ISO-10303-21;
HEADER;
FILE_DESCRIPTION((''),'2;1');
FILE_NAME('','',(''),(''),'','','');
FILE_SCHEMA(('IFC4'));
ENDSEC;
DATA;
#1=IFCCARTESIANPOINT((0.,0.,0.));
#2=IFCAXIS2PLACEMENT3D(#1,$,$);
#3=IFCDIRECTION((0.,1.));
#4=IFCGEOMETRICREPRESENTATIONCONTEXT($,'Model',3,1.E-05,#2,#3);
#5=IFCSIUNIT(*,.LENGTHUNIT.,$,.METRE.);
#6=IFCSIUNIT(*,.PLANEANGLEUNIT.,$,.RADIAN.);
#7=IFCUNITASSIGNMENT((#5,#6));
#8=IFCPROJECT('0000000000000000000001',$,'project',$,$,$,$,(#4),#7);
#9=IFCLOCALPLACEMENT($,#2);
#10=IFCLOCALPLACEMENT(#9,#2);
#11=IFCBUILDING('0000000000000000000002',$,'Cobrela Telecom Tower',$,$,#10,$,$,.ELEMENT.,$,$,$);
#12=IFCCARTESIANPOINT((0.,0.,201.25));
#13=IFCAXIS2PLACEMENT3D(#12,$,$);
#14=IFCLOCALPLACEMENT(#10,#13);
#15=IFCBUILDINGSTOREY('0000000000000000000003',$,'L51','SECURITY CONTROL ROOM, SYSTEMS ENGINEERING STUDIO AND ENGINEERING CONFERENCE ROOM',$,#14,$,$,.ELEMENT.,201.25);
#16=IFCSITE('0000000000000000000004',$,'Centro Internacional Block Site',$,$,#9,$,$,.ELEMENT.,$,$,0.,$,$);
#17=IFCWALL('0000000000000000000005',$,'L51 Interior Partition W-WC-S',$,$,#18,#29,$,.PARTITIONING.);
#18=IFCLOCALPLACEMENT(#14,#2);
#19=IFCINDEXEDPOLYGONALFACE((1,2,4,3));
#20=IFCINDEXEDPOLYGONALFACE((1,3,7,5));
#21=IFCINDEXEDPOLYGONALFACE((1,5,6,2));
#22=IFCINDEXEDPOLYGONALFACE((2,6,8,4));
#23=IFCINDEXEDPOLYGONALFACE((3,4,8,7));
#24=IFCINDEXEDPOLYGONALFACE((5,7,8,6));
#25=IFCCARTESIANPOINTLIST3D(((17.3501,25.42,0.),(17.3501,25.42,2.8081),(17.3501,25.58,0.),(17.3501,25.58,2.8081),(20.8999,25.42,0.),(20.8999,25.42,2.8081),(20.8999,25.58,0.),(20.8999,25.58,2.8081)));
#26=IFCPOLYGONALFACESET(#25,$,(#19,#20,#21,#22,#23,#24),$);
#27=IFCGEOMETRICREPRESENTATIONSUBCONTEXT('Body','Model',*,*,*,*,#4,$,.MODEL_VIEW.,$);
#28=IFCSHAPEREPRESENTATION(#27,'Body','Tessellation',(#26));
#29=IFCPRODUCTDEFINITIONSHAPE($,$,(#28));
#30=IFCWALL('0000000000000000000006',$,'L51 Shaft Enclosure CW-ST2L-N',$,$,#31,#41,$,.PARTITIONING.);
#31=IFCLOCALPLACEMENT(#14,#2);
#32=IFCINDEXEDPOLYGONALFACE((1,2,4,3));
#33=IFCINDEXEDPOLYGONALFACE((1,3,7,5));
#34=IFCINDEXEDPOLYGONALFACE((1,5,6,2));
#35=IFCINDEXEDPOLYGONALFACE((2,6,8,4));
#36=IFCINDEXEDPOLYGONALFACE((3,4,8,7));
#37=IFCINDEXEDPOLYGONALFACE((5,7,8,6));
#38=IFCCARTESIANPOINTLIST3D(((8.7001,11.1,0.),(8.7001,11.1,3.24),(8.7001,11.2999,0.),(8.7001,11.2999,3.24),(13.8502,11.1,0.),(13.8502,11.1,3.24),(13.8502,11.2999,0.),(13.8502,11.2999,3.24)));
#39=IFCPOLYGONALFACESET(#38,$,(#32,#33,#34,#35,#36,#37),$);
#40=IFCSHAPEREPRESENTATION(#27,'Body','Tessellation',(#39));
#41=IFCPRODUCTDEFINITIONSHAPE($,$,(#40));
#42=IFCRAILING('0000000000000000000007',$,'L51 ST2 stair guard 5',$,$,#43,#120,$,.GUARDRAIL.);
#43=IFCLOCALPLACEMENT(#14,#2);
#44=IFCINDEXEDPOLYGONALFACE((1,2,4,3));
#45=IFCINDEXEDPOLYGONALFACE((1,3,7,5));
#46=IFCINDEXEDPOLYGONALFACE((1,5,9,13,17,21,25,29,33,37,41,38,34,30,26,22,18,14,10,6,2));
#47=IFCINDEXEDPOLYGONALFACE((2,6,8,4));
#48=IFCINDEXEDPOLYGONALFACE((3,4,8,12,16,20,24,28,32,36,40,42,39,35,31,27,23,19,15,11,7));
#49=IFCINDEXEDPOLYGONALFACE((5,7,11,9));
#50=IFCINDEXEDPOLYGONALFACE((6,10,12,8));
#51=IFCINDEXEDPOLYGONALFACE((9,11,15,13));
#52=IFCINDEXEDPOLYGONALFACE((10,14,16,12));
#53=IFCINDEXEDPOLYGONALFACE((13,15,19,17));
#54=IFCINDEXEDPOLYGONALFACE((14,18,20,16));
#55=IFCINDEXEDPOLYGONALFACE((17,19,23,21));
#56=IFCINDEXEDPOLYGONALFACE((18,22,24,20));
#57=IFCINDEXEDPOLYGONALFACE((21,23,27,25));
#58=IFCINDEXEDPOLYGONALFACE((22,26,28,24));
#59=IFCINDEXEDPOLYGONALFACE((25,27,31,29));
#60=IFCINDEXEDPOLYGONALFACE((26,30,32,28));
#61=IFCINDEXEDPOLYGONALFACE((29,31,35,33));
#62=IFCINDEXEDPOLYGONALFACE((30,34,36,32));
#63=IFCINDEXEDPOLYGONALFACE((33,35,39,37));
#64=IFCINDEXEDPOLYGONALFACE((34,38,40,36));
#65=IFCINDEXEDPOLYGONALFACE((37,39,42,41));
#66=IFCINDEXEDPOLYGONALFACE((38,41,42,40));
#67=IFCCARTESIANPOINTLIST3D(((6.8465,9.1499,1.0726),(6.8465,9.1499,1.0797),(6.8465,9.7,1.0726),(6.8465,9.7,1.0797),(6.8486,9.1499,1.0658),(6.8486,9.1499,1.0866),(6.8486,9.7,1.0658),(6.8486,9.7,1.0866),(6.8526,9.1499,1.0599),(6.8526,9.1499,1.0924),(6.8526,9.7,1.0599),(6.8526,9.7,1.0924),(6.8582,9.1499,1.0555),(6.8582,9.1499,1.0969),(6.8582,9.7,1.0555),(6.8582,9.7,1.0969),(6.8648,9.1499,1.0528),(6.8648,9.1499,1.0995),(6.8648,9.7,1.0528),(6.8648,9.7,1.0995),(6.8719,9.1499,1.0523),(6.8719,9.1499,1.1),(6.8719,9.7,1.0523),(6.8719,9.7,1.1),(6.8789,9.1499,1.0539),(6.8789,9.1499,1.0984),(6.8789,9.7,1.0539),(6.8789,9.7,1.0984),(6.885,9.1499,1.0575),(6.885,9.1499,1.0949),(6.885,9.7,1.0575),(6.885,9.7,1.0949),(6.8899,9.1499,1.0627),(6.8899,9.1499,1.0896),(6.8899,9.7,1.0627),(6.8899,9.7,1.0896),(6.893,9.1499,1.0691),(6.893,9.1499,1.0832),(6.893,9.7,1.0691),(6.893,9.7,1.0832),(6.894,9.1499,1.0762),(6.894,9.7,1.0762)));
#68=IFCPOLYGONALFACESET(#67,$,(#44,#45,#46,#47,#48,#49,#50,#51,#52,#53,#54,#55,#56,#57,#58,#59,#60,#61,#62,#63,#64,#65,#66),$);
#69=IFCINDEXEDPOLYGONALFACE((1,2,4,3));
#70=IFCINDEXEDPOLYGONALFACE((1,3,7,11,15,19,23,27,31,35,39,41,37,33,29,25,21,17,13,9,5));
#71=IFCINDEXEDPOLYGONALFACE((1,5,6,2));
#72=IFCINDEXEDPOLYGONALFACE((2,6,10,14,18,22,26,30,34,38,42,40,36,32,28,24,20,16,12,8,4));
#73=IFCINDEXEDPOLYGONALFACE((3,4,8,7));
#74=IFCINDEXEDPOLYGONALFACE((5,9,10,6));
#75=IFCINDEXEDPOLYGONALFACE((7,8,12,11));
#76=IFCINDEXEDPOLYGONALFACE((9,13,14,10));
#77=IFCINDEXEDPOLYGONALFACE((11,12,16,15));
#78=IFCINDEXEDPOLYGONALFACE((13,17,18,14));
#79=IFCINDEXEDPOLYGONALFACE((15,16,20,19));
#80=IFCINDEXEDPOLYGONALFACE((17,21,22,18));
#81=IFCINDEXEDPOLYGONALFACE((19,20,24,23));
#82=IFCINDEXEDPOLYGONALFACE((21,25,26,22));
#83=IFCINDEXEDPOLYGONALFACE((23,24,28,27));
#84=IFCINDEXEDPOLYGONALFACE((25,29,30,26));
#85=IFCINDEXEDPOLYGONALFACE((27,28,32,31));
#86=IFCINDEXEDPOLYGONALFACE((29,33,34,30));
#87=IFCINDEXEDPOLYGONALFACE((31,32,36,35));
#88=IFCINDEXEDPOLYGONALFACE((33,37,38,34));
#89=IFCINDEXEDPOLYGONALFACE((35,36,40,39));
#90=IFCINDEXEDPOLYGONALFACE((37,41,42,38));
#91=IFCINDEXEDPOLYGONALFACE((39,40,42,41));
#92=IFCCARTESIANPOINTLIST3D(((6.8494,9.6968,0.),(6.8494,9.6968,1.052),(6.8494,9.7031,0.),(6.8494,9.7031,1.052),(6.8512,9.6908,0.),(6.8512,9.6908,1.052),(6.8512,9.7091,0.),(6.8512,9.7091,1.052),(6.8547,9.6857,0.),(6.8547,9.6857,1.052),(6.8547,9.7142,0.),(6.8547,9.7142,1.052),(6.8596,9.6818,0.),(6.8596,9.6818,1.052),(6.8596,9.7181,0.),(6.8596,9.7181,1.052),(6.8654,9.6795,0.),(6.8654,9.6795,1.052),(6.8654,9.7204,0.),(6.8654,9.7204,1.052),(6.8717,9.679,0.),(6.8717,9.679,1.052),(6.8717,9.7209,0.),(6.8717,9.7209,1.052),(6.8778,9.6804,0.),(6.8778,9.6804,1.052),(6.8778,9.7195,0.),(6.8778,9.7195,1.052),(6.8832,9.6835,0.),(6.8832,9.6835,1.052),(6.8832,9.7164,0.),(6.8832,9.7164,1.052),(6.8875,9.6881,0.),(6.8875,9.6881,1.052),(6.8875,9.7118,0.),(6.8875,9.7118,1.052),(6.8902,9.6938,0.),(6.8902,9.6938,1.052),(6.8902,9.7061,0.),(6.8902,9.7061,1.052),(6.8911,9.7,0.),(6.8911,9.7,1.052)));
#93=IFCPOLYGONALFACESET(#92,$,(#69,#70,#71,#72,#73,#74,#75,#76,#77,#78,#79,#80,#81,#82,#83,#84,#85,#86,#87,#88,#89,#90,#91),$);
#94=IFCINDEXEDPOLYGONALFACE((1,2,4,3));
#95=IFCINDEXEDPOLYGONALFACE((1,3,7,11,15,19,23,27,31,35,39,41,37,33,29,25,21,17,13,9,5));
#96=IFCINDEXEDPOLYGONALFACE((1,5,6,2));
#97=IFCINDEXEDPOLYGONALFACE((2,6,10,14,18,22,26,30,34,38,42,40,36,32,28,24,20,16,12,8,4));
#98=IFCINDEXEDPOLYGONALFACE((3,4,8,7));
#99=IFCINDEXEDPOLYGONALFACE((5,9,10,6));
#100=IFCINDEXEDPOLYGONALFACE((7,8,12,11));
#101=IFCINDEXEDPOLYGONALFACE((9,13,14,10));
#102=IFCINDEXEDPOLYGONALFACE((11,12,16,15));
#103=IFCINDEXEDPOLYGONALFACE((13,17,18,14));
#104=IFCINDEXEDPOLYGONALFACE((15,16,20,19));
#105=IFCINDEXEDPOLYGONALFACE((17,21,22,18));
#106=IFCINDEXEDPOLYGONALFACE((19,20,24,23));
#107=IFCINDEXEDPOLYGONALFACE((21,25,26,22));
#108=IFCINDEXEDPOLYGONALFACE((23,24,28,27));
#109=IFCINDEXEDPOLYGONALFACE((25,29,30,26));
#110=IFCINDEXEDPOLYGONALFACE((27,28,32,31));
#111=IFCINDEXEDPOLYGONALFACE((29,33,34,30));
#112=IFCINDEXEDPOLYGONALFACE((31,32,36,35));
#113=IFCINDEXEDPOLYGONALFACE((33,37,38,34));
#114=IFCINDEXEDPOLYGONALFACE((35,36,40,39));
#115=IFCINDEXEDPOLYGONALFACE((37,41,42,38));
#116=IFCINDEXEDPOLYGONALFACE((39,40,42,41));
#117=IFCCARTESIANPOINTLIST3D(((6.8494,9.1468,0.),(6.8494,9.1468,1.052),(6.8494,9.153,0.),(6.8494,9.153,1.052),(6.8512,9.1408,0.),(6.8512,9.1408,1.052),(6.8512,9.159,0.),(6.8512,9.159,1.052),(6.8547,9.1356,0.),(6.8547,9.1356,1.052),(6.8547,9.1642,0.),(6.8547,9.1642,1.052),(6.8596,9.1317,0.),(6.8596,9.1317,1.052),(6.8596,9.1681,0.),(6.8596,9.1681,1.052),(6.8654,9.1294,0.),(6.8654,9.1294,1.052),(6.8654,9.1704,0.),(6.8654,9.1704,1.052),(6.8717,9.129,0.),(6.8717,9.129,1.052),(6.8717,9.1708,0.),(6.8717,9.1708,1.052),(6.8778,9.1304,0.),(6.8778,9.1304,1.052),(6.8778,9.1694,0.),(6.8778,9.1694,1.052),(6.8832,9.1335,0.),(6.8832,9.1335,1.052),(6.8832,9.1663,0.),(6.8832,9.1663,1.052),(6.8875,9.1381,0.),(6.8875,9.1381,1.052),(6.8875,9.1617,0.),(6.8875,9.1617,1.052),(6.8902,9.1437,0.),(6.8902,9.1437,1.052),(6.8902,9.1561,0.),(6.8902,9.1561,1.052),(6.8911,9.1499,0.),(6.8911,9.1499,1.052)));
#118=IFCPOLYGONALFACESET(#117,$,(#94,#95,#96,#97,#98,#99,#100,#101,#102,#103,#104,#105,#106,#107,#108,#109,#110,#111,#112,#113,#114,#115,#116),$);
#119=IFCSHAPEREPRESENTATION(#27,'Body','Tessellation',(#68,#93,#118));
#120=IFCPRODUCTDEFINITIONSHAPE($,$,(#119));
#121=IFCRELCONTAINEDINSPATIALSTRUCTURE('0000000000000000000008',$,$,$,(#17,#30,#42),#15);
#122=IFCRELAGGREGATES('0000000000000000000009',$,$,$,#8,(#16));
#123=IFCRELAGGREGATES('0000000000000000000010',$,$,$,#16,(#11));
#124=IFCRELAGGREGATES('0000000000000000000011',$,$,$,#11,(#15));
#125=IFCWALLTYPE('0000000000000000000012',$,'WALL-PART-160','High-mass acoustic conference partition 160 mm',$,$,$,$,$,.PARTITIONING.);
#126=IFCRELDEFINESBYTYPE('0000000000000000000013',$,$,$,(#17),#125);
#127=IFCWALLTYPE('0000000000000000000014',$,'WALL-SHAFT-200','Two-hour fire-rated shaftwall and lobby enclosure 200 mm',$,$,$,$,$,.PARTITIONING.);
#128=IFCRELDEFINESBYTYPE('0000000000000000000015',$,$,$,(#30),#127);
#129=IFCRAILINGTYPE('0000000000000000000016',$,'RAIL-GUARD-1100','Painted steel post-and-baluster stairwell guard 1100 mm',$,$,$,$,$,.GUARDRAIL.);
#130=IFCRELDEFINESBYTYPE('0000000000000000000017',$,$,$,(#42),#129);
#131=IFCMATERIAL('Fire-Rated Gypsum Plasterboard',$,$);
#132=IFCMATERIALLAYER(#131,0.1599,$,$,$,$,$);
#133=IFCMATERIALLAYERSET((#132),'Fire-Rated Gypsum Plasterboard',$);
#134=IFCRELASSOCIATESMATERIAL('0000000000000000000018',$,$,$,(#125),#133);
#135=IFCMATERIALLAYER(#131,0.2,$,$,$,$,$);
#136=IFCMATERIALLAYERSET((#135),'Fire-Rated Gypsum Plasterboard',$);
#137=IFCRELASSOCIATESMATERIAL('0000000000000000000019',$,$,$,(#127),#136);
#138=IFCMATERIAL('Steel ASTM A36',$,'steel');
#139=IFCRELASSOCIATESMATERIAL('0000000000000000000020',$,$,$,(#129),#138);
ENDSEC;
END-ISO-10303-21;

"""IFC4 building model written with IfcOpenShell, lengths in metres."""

from ifc_helpers import new_model, si_unit, direction, frame, frame_2d, origin, origin_2d, place, context, subcontext, project, spatial, rectangle, circle, extrude, material, layer, layer_set, type_object, element, save


model = new_model("IFC4")

# Units and contexts
model_context = context("Model", 3, precision=1e-05, world=origin(), true_north=direction((0.0, 1.0)))
body_context = subcontext(model_context, "Body", "Model", "MODEL_VIEW")
ifc_project = project(units=[si_unit("LENGTHUNIT", "METRE"), si_unit("PLANEANGLEUNIT", "RADIAN")], contexts=[model_context])

# Site, building, storey
site_placement = place(None, origin())
site = spatial("IfcSite", under=ifc_project, at=site_placement, Name="Centro Internacional Block Site", CompositionType="ELEMENT", RefElevation=0.0)
building_placement = place(site_placement, origin())
building = spatial("IfcBuilding", under=site, at=building_placement, Name="Cobrela Telecom Tower", CompositionType="ELEMENT")
storey_placement = place(building_placement, frame((0.0, 0.0, 201.25)))
storey = spatial("IfcBuildingStorey", under=building, at=storey_placement, Name="L51", Description="SECURITY CONTROL ROOM, SYSTEMS ENGINEERING STUDIO AND ENGINEERING CONFERENCE ROOM", CompositionType="ELEMENT", Elevation=201.25)

# Shared definitions
ifc_material_1 = material(Name="Fire-Rated Gypsum Plasterboard")

# Shared definitions
ifc_layer_1 = layer(ifc_material_1, 0.1599)
ifc_layer_set_1 = layer_set([ifc_layer_1], Name="Fire-Rated Gypsum Plasterboard")
wall_type_1 = type_object("IfcWallType", Name="WALL-PART-160", Description="High-mass acoustic conference partition 160 mm", PredefinedType="PARTITIONING", material=ifc_layer_set_1)

# Walls
wall_1_placement = place(storey_placement, frame((17.3501, 25.5, 0.0), z_axis=(0.0, 0.0, 1.0), x_axis=(1.0, 0.0, 0.0)))
element("IfcWall", 1, at=wall_1_placement, inside=storey, type_object=wall_type_1, Name="L51 Interior Partition W-WC-S", PredefinedType="PARTITIONING", context=body_context, shape_type="SweptSolid", body=[
    extrude(rectangle(XDim=3.5498, YDim=0.1599, at=frame_2d((1.7749, 0.0))), origin(), (0.0, 0.0, 1.0), 2.8081),
])
ifc_layer_2 = layer(ifc_material_1, 0.2)
ifc_layer_set_2 = layer_set([ifc_layer_2], Name="Fire-Rated Gypsum Plasterboard")
wall_type_2 = type_object("IfcWallType", Name="WALL-SHAFT-200", Description="Two-hour fire-rated shaftwall and lobby enclosure 200 mm", PredefinedType="PARTITIONING", material=ifc_layer_set_2)
wall_2_placement = place(storey_placement, frame((8.7, 11.2, 0.0), z_axis=(0.0, 0.0, 1.0), x_axis=(1.0, 0.0, 0.0)))
element("IfcWall", 2, at=wall_2_placement, inside=storey, type_object=wall_type_2, Name="L51 Shaft Enclosure CW-ST2L-N", PredefinedType="PARTITIONING", context=body_context, shape_type="SweptSolid", body=[
    extrude(rectangle(XDim=5.1501, YDim=0.2, at=frame_2d((2.5752, 0.0))), origin(), (0.0, 0.0, 1.0), 3.24),
])

# Railing
ifc_material_2 = material(Name="Steel ASTM A36", Category="steel")
railing_type_1 = type_object("IfcRailingType", Name="RAIL-GUARD-1100", Description="Painted steel post-and-baluster stairwell guard 1100 mm", PredefinedType="GUARDRAIL", material=ifc_material_2)
railing_1_placement = place(storey_placement, frame((6.8701, 9.7, 0.0)))
element("IfcRailing", 3, at=railing_1_placement, inside=storey, type_object=railing_type_1, Name="L51 ST2 stair guard 5", PredefinedType="GUARDRAIL", context=body_context, shape_type="SweptSolid", body=[
    extrude(circle(Radius=0.0239, at=origin_2d()), frame((0.0, 0.0, 1.0762), z_axis=(0.0, -1.0, 0.0), x_axis=(1.0, 0.0, 0.0)), (0.0, 0.0, 1.0), 0.55),
    extrude(circle(Radius=0.021, at=origin_2d()), origin(), (0.0, 0.0, 1.0), 1.052),
    extrude(circle(Radius=0.021, at=origin_2d()), frame((0.0, -0.55, 0.0)), (0.0, 0.0, 1.0), 1.052),
])

save(model, "model.ifc")
